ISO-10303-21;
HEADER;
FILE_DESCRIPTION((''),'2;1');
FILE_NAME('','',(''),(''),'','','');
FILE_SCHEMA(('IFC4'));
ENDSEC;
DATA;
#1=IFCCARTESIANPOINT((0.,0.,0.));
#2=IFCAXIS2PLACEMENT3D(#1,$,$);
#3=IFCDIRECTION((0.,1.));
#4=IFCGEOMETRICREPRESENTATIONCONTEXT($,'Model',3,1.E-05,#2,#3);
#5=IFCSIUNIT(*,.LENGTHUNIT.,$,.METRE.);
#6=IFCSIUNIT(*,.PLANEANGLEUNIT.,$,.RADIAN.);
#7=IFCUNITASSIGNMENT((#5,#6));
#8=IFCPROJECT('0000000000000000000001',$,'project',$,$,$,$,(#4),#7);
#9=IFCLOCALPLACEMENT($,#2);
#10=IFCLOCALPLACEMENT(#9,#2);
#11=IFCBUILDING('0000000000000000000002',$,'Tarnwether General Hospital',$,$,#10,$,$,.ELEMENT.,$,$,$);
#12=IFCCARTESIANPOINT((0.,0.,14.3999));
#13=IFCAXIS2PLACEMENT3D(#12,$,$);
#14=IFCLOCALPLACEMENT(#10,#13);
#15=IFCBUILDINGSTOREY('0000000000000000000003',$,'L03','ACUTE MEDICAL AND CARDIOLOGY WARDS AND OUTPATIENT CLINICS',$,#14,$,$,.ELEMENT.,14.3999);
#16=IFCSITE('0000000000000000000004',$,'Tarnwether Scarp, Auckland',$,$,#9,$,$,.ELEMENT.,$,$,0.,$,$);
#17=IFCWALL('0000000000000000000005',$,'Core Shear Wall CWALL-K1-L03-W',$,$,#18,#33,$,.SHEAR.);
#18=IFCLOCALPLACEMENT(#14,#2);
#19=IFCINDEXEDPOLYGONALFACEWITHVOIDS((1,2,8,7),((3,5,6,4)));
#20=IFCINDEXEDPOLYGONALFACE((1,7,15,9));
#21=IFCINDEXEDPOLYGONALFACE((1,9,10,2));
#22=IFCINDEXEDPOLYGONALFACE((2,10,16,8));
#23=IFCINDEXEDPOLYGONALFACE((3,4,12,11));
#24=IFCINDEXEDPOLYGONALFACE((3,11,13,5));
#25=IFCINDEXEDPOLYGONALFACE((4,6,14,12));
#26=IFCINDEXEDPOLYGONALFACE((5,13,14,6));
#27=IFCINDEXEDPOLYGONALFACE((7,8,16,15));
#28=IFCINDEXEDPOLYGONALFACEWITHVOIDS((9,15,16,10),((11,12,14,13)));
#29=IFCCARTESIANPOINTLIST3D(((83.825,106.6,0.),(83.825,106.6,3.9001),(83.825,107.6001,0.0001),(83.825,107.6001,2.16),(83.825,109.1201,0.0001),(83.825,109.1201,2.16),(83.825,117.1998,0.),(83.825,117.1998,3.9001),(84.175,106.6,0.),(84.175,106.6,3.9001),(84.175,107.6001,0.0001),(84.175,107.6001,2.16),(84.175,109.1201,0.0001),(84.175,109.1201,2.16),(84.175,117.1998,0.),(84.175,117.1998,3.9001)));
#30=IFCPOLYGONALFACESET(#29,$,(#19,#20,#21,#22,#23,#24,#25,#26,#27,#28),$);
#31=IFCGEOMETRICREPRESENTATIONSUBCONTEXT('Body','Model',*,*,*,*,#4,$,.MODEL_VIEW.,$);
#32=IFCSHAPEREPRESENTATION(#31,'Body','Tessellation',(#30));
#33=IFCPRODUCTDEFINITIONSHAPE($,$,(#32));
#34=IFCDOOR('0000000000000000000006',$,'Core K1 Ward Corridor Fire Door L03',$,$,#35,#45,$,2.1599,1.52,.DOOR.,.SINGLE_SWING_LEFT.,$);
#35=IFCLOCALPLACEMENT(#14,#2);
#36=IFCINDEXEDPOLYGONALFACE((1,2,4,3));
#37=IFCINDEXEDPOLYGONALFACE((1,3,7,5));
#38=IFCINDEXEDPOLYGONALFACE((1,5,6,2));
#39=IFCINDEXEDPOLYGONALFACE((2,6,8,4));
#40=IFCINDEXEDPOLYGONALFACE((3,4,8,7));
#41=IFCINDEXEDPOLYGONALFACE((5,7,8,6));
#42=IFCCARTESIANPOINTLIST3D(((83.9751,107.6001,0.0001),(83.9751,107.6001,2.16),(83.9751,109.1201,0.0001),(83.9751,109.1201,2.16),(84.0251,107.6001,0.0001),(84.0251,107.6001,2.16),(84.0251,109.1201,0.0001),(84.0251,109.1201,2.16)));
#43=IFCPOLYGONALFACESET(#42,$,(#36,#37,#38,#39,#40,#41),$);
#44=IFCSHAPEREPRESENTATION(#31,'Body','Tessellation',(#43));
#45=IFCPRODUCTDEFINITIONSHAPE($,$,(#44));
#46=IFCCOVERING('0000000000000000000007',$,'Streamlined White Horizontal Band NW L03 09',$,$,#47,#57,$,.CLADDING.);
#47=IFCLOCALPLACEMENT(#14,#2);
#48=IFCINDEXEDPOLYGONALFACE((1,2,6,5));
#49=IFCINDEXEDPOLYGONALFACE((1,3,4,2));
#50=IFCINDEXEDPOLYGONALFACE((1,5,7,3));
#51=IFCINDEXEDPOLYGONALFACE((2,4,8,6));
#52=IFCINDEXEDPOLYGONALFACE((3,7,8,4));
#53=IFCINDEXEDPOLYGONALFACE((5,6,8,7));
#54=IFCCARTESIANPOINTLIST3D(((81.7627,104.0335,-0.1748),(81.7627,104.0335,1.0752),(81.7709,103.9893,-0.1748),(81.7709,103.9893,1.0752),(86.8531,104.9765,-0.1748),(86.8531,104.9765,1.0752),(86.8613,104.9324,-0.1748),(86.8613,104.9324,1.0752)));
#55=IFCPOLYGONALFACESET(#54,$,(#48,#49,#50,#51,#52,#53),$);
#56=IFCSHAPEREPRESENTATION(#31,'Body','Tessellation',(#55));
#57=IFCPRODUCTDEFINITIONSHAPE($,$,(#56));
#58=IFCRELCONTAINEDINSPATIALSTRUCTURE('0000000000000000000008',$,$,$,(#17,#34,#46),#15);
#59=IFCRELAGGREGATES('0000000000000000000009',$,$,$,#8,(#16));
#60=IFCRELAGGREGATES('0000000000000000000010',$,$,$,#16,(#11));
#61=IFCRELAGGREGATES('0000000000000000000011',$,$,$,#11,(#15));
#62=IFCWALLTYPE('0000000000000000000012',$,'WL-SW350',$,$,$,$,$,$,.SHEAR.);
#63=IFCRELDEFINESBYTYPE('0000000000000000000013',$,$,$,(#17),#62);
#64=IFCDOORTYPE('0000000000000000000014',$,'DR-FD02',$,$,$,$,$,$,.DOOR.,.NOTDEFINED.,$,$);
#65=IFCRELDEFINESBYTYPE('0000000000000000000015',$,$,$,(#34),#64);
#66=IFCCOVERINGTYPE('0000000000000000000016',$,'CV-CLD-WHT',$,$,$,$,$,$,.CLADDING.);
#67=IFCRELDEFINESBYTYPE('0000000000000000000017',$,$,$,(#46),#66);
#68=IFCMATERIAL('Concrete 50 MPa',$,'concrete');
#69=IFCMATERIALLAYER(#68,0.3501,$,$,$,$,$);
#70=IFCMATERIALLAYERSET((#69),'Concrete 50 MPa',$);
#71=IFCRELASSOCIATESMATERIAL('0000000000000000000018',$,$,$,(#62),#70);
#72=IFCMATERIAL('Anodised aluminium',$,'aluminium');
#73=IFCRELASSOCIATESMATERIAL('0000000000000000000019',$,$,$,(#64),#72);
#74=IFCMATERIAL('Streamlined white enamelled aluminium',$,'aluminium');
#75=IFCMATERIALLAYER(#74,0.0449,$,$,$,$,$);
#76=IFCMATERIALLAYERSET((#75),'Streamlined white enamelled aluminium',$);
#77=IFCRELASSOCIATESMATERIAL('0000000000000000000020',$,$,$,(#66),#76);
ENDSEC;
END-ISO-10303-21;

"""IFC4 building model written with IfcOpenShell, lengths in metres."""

from ifc_helpers import new_model, si_unit, direction, frame, frame_2d, origin, origin_2d, place, context, subcontext, project, spatial, rectangle, extrude, material, layer, layer_set, type_object, element, fill, save


model = new_model("IFC4")

# Units and contexts
model_context = context("Model", 3, precision=1e-05, world=origin(), true_north=direction((0.0, 1.0)))
body_context = subcontext(model_context, "Body", "Model", "MODEL_VIEW")
ifc_project = project(units=[si_unit("LENGTHUNIT", "METRE"), si_unit("PLANEANGLEUNIT", "RADIAN")], contexts=[model_context])

# Site, building, storey
site_placement = place(None, origin())
site = spatial("IfcSite", under=ifc_project, at=site_placement, Name="Tarnwether Scarp, Auckland", CompositionType="ELEMENT", RefElevation=0.0)
building_placement = place(site_placement, origin())
building = spatial("IfcBuilding", under=site, at=building_placement, Name="Tarnwether General Hospital", CompositionType="ELEMENT")
storey_placement = place(building_placement, frame((0.0, 0.0, 14.3999)))
storey = spatial("IfcBuildingStorey", under=building, at=storey_placement, Name="L03", Description="ACUTE MEDICAL AND CARDIOLOGY WARDS AND OUTPATIENT CLINICS", CompositionType="ELEMENT", Elevation=14.3999)

# Wall, opening, door
ifc_material_1 = material(Name="Concrete 50 MPa", Category="concrete")
ifc_layer_1 = layer(ifc_material_1, 0.3501)
ifc_layer_set_1 = layer_set([ifc_layer_1], Name="Concrete 50 MPa")
wall_type_1 = type_object("IfcWallType", Name="WL-SW350", PredefinedType="SHEAR", material=ifc_layer_set_1)
wall_1_placement = place(storey_placement, frame((84.0, 106.6001, 0.0), z_axis=(0.0, 0.0, 1.0), x_axis=(0.0, 1.0, 0.0)))
wall_1 = element("IfcWall", 1, at=wall_1_placement, inside=storey, type_object=wall_type_1, Name="Core Shear Wall CWALL-K1-L03-W", PredefinedType="SHEAR", context=body_context, shape_type="SweptSolid", body=[
    extrude(rectangle(XDim=10.5999, YDim=0.3501, at=frame_2d((5.2998, 0.0))), origin(), (0.0, 0.0, 1.0), 3.9001),
])
opening_placement = place(wall_1_placement, frame((1.0, 0.0, 0.0)))
opening = element("IfcOpeningElement", 2, at=opening_placement, cuts=wall_1, PredefinedType="OPENING", context=body_context, shape_type="SweptSolid", body=[
    extrude(rectangle(XDim=1.52, YDim=2.1599, at=frame_2d((0.76, 1.0801))), frame((0.0, 0.1851, 0.0), z_axis=(0.0, -1.0, 0.0), x_axis=(1.0, 0.0, 0.0)), (0.0, 0.0, 1.0), 0.3701),
])
ifc_material_2 = material(Name="Anodised aluminium", Category="aluminium")
door_type = type_object("IfcDoorType", Name="DR-FD02", OperationType="NOTDEFINED", PredefinedType="DOOR", material=ifc_material_2)
door_placement = place(opening_placement, origin())
door = element("IfcDoor", 3, at=door_placement, inside=storey, type_object=door_type, Name="Core K1 Ward Corridor Fire Door L03", OperationType="SINGLE_SWING_LEFT", OverallHeight=2.1599, OverallWidth=1.52, PredefinedType="DOOR", context=body_context, shape_type="SweptSolid", body=[
    extrude(rectangle(XDim=1.52, YDim=2.1599, at=frame_2d((0.76, 1.0801))), frame((0.0, 0.0249, 0.0), z_axis=(0.0, -1.0, 0.0), x_axis=(1.0, 0.0, 0.0)), (0.0, 0.0, 1.0), 0.05),
])
fill(opening, door)

# Covering
ifc_material_3 = material(Name="Streamlined white enamelled aluminium", Category="aluminium")
ifc_layer_2 = layer(ifc_material_3, 0.0449)
ifc_layer_set_2 = layer_set([ifc_layer_2], Name="Streamlined white enamelled aluminium")
covering_type = type_object("IfcCoveringType", Name="CV-CLD-WHT", PredefinedType="CLADDING", material=ifc_layer_set_2)
covering_placement = place(storey_placement, frame((84.312, 104.4829, -0.1748), z_axis=(0.0, 0.0, 1.0), x_axis=(-0.983268, -0.182167, 0.0)))
element("IfcCovering", 4, at=covering_placement, inside=storey, type_object=covering_type, Name="Streamlined White Horizontal Band NW L03 09", PredefinedType="CLADDING", context=body_context, shape_type="SweptSolid", body=[
    extrude(rectangle(XDim=5.177, YDim=0.0449, at=origin_2d()), origin(), (0.0, 0.0, 1.0), 1.25),
])

save(model, "model.ifc")
